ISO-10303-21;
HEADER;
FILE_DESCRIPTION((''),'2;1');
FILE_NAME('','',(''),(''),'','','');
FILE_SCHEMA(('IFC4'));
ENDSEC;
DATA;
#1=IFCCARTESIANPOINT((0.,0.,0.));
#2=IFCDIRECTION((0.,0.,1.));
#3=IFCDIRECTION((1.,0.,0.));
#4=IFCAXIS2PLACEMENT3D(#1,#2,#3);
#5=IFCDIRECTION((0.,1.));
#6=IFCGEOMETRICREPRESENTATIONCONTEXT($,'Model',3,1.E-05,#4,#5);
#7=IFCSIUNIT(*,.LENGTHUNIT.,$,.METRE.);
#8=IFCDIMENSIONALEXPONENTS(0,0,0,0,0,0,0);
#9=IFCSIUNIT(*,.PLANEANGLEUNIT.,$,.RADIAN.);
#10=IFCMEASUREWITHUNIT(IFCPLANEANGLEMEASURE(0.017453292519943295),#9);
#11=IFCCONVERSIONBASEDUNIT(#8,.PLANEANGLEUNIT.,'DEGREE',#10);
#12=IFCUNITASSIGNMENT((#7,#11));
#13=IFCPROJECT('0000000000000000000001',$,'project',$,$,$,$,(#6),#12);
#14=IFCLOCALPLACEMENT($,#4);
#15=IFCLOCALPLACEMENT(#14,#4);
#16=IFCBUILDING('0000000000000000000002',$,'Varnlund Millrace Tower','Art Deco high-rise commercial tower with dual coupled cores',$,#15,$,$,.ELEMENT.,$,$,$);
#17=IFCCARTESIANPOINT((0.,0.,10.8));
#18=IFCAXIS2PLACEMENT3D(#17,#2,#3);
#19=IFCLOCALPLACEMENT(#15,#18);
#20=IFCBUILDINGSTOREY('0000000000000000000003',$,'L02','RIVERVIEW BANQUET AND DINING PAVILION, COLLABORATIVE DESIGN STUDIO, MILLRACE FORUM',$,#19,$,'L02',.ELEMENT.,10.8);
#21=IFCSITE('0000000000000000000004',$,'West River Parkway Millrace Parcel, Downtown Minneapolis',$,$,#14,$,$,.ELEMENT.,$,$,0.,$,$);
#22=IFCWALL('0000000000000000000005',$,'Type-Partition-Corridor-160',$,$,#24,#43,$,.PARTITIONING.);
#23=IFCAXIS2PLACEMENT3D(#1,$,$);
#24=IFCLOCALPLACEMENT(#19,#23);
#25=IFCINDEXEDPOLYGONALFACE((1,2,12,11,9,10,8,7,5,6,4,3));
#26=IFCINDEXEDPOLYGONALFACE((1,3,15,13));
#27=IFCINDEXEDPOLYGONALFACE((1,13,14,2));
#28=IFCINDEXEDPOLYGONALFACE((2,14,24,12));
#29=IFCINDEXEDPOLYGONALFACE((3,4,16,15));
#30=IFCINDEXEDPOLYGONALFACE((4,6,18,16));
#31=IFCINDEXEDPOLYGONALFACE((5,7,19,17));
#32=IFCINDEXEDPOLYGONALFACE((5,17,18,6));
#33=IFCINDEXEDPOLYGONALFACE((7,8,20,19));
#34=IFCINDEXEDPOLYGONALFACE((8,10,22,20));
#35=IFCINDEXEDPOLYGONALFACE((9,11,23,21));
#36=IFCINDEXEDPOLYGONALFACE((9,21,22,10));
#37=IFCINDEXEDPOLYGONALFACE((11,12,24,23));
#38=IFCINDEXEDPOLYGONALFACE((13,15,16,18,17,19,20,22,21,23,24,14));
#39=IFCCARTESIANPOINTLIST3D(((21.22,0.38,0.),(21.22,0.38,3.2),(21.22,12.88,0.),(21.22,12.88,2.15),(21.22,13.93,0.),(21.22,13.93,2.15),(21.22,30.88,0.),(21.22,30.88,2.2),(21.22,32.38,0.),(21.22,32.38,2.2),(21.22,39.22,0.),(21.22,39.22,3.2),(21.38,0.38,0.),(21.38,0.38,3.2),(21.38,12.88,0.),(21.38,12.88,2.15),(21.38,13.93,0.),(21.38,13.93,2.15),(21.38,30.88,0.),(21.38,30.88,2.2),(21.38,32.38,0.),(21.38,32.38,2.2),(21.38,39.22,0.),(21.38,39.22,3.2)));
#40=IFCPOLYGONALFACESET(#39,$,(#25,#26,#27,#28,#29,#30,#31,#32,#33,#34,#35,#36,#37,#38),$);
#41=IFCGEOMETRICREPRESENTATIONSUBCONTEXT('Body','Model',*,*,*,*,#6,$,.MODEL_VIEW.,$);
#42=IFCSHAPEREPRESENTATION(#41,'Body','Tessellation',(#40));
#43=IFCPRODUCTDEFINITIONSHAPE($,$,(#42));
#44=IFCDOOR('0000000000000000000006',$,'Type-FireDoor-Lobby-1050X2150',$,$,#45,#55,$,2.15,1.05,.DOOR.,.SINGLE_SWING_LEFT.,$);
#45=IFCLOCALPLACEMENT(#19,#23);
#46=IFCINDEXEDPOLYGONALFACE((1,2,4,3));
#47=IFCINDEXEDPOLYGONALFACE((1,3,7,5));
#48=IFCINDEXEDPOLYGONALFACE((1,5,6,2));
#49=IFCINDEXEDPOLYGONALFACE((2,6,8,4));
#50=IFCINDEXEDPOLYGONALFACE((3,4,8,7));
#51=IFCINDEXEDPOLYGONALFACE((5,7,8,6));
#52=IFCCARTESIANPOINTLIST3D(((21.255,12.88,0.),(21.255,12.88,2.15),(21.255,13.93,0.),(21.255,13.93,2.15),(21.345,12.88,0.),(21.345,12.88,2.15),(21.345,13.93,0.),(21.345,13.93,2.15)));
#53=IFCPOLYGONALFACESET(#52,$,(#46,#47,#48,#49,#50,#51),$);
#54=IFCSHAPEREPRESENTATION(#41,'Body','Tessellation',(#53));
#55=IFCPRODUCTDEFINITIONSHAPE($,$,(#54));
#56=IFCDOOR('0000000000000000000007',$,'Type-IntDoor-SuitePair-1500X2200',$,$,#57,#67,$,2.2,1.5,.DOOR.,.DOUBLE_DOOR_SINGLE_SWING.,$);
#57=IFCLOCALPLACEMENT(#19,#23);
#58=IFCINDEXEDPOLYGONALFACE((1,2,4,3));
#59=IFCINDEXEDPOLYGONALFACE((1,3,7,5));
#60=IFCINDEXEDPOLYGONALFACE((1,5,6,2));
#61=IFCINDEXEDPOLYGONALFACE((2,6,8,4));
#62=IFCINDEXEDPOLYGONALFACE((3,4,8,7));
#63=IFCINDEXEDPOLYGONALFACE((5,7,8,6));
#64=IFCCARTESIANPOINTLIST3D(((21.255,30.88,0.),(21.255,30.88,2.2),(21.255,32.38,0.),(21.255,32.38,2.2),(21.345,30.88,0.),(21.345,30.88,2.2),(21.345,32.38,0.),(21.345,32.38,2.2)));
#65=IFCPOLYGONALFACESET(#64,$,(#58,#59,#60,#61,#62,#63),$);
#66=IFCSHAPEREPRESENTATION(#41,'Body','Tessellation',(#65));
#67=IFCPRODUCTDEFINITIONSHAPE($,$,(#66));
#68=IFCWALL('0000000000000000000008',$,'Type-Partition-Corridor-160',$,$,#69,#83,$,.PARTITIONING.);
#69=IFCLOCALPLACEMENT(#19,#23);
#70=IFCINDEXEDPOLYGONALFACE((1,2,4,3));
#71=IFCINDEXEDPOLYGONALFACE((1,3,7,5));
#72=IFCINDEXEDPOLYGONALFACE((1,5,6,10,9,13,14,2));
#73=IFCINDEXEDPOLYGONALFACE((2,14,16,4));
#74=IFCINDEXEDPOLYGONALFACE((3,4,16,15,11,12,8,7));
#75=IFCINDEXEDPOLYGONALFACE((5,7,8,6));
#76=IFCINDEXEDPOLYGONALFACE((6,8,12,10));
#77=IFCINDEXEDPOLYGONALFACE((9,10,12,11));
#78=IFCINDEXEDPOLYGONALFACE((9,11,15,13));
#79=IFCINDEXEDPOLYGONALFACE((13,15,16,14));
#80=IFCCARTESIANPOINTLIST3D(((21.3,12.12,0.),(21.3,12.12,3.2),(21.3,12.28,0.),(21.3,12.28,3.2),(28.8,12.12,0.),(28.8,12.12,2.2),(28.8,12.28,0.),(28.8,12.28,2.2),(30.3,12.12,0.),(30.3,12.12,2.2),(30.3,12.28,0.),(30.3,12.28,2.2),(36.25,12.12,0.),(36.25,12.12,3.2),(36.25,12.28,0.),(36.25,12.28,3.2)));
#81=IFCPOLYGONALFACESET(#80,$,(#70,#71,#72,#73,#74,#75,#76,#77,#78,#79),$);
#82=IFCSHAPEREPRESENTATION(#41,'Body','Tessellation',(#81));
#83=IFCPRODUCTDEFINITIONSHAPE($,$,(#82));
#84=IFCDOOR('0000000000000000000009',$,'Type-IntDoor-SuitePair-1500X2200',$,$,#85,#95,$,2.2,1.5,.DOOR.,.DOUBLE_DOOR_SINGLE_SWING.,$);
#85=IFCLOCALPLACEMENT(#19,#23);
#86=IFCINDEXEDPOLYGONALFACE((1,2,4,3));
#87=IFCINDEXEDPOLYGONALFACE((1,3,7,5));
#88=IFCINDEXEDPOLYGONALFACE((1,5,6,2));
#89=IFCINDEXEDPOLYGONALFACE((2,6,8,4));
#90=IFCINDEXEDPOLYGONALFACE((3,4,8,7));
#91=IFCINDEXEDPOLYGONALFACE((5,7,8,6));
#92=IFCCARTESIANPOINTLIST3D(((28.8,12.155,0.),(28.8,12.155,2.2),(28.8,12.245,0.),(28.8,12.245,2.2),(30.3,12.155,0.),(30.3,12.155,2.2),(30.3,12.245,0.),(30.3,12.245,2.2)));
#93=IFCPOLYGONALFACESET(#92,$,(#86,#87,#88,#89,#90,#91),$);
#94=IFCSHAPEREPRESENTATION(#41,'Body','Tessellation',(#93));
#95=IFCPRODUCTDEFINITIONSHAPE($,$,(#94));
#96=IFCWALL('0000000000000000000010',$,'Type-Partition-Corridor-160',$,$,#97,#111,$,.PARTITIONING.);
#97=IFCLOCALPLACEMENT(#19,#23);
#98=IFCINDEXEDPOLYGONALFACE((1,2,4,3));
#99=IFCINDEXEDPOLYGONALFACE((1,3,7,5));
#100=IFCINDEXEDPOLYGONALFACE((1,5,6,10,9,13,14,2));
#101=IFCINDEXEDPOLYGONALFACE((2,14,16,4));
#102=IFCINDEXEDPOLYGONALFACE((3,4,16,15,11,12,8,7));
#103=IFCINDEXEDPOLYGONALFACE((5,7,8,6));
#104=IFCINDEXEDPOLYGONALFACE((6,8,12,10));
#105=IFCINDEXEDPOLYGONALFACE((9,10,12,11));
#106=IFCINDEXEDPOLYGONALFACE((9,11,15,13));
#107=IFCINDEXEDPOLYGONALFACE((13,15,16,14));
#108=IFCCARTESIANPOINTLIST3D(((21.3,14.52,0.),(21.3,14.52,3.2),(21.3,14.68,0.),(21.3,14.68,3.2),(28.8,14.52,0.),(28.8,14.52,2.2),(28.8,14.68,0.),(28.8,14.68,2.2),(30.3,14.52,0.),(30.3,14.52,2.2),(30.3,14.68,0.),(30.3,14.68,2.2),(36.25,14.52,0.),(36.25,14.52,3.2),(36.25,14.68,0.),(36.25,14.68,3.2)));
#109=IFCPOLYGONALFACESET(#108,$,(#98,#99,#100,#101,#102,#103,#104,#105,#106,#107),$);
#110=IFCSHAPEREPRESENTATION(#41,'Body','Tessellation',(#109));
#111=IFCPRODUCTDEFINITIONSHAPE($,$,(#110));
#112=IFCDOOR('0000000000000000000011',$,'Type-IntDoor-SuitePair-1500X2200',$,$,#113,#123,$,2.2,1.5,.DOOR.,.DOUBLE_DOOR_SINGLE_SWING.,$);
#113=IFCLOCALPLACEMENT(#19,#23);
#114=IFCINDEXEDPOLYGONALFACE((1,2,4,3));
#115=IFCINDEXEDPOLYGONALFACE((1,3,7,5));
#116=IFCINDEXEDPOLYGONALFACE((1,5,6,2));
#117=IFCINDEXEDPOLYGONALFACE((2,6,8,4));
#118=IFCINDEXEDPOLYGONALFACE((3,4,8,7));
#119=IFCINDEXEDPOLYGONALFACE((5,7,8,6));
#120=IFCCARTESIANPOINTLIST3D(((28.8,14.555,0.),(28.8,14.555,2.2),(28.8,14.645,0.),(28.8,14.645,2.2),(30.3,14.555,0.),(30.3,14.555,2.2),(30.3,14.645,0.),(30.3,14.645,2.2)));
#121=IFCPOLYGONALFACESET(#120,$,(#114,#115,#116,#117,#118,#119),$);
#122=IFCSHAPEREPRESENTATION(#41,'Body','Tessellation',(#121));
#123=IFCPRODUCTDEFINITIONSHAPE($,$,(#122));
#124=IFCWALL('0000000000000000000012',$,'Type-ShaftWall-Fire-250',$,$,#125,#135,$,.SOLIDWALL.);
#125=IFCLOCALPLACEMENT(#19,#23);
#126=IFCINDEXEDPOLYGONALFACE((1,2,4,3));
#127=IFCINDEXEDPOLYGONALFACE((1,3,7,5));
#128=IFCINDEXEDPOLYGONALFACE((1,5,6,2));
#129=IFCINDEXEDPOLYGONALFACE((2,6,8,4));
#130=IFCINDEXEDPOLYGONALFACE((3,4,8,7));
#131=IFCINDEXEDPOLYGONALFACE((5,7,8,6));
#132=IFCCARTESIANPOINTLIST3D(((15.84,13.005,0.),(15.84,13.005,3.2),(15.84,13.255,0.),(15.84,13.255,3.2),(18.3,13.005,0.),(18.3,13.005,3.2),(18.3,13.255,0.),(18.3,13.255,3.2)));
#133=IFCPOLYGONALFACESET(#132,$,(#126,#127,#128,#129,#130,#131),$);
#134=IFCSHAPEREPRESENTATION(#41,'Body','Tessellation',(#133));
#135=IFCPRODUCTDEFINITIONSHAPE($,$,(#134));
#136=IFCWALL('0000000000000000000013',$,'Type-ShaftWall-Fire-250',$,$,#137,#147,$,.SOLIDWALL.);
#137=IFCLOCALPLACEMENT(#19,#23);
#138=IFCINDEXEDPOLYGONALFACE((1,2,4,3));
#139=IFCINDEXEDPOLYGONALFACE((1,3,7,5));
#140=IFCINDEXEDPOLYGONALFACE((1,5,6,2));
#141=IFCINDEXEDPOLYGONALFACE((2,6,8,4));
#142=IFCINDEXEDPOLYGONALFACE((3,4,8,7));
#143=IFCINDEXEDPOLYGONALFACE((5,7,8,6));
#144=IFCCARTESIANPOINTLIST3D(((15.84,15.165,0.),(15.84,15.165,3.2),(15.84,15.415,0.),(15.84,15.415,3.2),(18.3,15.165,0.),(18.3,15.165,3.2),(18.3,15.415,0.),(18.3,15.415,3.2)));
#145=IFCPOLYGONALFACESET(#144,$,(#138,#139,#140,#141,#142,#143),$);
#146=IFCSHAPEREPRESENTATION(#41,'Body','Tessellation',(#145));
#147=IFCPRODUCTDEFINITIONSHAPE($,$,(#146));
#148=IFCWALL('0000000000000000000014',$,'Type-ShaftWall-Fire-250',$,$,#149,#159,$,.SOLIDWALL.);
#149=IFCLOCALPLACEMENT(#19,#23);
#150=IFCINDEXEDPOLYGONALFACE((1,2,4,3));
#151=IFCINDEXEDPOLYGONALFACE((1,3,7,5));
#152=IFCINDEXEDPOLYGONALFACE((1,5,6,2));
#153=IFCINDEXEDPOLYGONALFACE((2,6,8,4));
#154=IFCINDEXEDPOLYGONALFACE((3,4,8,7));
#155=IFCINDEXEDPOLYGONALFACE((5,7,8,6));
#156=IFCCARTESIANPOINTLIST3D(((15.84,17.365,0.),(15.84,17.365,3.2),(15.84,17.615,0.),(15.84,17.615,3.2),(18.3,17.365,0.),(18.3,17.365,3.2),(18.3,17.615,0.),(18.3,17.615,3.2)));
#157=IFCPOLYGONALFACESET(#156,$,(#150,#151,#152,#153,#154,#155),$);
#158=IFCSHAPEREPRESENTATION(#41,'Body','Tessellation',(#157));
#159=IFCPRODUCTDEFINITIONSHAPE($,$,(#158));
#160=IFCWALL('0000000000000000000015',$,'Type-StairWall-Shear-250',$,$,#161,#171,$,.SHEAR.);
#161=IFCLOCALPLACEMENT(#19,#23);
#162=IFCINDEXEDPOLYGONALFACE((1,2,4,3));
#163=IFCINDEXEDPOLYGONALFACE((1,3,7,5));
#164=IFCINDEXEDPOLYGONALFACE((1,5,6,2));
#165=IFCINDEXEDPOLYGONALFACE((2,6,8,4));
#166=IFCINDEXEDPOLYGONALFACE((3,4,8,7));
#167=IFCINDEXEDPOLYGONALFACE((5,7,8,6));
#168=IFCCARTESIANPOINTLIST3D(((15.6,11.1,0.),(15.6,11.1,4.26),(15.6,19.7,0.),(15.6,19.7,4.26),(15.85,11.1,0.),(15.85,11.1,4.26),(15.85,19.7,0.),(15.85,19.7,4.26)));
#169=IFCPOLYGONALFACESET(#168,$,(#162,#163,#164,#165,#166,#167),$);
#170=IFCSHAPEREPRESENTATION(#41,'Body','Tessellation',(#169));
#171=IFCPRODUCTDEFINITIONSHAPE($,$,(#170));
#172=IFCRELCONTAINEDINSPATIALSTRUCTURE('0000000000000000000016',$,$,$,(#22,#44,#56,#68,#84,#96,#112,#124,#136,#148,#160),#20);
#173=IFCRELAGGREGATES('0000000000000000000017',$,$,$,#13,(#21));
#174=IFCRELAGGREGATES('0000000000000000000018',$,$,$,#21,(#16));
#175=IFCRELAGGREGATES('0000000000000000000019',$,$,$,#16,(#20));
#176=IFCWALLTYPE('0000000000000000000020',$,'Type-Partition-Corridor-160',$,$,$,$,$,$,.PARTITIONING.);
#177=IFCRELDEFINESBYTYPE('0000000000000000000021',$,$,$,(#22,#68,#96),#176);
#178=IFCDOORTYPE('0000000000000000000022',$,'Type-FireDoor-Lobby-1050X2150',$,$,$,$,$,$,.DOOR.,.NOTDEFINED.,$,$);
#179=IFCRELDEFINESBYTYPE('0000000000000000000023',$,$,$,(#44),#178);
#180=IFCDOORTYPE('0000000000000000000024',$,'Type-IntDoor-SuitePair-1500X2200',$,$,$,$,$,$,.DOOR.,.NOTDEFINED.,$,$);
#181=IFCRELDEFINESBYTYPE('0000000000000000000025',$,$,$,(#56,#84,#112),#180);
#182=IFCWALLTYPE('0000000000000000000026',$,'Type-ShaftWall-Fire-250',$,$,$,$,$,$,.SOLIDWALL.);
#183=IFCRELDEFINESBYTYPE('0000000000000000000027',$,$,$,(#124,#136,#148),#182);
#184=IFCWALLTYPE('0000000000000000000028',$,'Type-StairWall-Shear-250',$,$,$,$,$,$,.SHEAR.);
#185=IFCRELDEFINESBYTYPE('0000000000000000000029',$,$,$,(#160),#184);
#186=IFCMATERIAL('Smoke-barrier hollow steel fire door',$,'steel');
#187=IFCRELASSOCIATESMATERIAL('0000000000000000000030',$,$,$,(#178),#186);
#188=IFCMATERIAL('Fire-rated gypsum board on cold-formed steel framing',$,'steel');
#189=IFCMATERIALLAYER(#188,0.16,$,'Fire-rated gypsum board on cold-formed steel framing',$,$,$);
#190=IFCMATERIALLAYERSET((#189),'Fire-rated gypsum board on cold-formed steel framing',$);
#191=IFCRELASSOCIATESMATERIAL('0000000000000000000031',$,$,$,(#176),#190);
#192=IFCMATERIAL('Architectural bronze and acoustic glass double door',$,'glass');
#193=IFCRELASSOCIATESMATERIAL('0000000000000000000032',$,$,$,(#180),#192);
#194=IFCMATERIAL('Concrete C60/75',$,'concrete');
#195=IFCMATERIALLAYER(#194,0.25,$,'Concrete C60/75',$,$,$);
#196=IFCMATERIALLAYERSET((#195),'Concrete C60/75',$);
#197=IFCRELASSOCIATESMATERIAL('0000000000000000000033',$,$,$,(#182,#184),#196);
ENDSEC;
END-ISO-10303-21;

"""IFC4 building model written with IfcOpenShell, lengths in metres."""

from ifc_helpers import new_model, entity, si_unit, converted_unit, direction, frame, origin_with_axes, origin_2d_with_axis, place, context, subcontext, project, spatial, polyline, rectangle, outline, extrude, material, layer, layer_set, type_object, element, fill, save


model = new_model("IFC4")

# Units and contexts
model_context = context("Model", 3, precision=1e-05, world=origin_with_axes(), true_north=direction((0.0, 1.0)))
body_context = subcontext(model_context, "Body", "Model", "MODEL_VIEW")
ifc_project = project(units=[si_unit("LENGTHUNIT", "METRE"), converted_unit("PLANEANGLEUNIT", "DEGREE", entity("IfcPlaneAngleMeasure", 0.017453292519943295), si_unit("PLANEANGLEUNIT", "RADIAN"), dimensions=[0, 0, 0, 0, 0, 0, 0])], contexts=[model_context])

# Site, building, storey
site_placement = place(None, origin_with_axes())
site = spatial("IfcSite", under=ifc_project, at=site_placement, Name="West River Parkway Millrace Parcel, Downtown Minneapolis", CompositionType="ELEMENT", RefElevation=0.0)
building_placement = place(site_placement, origin_with_axes())
building = spatial("IfcBuilding", under=site, at=building_placement, Name="Varnlund Millrace Tower", Description="Art Deco high-rise commercial tower with dual coupled cores", CompositionType="ELEMENT")
storey_placement = place(building_placement, frame((0.0, 0.0, 10.8), z_axis=(0.0, 0.0, 1.0), x_axis=(1.0, 0.0, 0.0)))
storey = spatial("IfcBuildingStorey", under=building, at=storey_placement, Name="L02", Description="RIVERVIEW BANQUET AND DINING PAVILION, COLLABORATIVE DESIGN STUDIO, MILLRACE FORUM", LongName="L02", CompositionType="ELEMENT", Elevation=10.8)

# Wall, openings, doors
ifc_material_1 = material(Name="Smoke-barrier hollow steel fire door", Category="steel")
door_type_1 = type_object("IfcDoorType", Name="Type-FireDoor-Lobby-1050X2150", OperationType="NOTDEFINED", PredefinedType="DOOR", material=ifc_material_1)
ifc_material_2 = material(Name="Fire-rated gypsum board on cold-formed steel framing", Category="steel")
ifc_layer_1 = layer(ifc_material_2, 0.16, Name="Fire-rated gypsum board on cold-formed steel framing")
ifc_layer_set_1 = layer_set([ifc_layer_1], Name="Fire-rated gypsum board on cold-formed steel framing")
wall_type_1 = type_object("IfcWallType", Name="Type-Partition-Corridor-160", PredefinedType="PARTITIONING", material=ifc_layer_set_1)
wall_1_placement = place(storey_placement, frame((21.3, 0.38, 0.0), z_axis=(0.0, 0.0, 1.0), x_axis=(0.0, 1.0, 0.0)))
wall_1 = element("IfcWall", 1, at=wall_1_placement, inside=storey, type_object=wall_type_1, Name="Type-Partition-Corridor-160", PredefinedType="PARTITIONING", context=body_context, shape_type="SweptSolid", body=[
    extrude(outline(polyline([(0.0, -0.08), (38.84, -0.08), (38.84, 0.08), (0.0, 0.08), (0.0, -0.08)])), origin_with_axes(), (0.0, 0.0, 1.0), 3.2),
])
opening_1_placement = place(wall_1_placement, frame((13.025, 0.0, 0.0), z_axis=(0.0, 0.0, 1.0), x_axis=(1.0, 0.0, 0.0)))
opening_1 = element("IfcOpeningElement", 2, at=opening_1_placement, cuts=wall_1, PredefinedType="OPENING", context=body_context, shape_type="SweptSolid", body=[
    extrude(rectangle(XDim=1.05, YDim=0.18, at=origin_2d_with_axis()), origin_with_axes(), (0.0, 0.0, 1.0), 2.15),
])
opening_2_placement = place(wall_1_placement, frame((31.25, 0.0, 0.0), z_axis=(0.0, 0.0, 1.0), x_axis=(1.0, 0.0, 0.0)))
opening_2 = element("IfcOpeningElement", 3, at=opening_2_placement, cuts=wall_1, PredefinedType="OPENING", context=body_context, shape_type="SweptSolid", body=[
    extrude(rectangle(XDim=1.5, YDim=0.18, at=origin_2d_with_axis()), origin_with_axes(), (0.0, 0.0, 1.0), 2.2),
])
door_1_placement = place(wall_1_placement, frame((13.025, 0.0, 0.0), z_axis=(0.0, 0.0, 1.0), x_axis=(1.0, 0.0, 0.0)))
door_1 = element("IfcDoor", 4, at=door_1_placement, inside=storey, type_object=door_type_1, Name="Type-FireDoor-Lobby-1050X2150", OperationType="SINGLE_SWING_LEFT", OverallHeight=2.15, OverallWidth=1.05, PredefinedType="DOOR", context=body_context, shape_type="SweptSolid", body=[
    extrude(rectangle(XDim=1.05, YDim=0.09, at=origin_2d_with_axis()), origin_with_axes(), (0.0, 0.0, 1.0), 2.15),
])
fill(opening_1, door_1)
ifc_material_3 = material(Name="Architectural bronze and acoustic glass double door", Category="glass")
door_type_2 = type_object("IfcDoorType", Name="Type-IntDoor-SuitePair-1500X2200", OperationType="NOTDEFINED", PredefinedType="DOOR", material=ifc_material_3)
door_2_placement = place(wall_1_placement, frame((31.25, 0.0, 0.0), z_axis=(0.0, 0.0, 1.0), x_axis=(1.0, 0.0, 0.0)))
door_2 = element("IfcDoor", 5, at=door_2_placement, inside=storey, type_object=door_type_2, Name="Type-IntDoor-SuitePair-1500X2200", OperationType="DOUBLE_DOOR_SINGLE_SWING", OverallHeight=2.2, OverallWidth=1.5, PredefinedType="DOOR", context=body_context, shape_type="SweptSolid", body=[
    extrude(rectangle(XDim=1.5, YDim=0.09, at=origin_2d_with_axis()), origin_with_axes(), (0.0, 0.0, 1.0), 2.2),
])
fill(opening_2, door_2)

# Walls, openings, doors
wall_2_placement = place(storey_placement, frame((21.3, 12.2, 0.0), z_axis=(0.0, 0.0, 1.0), x_axis=(1.0, 0.0, 0.0)))
wall_2 = element("IfcWall", 6, at=wall_2_placement, inside=storey, type_object=wall_type_1, Name="Type-Partition-Corridor-160", PredefinedType="PARTITIONING", context=body_context, shape_type="SweptSolid", body=[
    extrude(outline(polyline([(0.0, -0.08), (14.95, -0.08), (14.95, 0.08), (0.0, 0.08), (0.0, -0.08)])), origin_with_axes(), (0.0, 0.0, 1.0), 3.2),
])
opening_3_placement = place(wall_2_placement, frame((8.25, 0.0, 0.0), z_axis=(0.0, 0.0, 1.0), x_axis=(1.0, 0.0, 0.0)))
opening_3 = element("IfcOpeningElement", 7, at=opening_3_placement, cuts=wall_2, PredefinedType="OPENING", context=body_context, shape_type="SweptSolid", body=[
    extrude(rectangle(XDim=1.5, YDim=0.18, at=origin_2d_with_axis()), origin_with_axes(), (0.0, 0.0, 1.0), 2.2),
])
door_3_placement = place(wall_2_placement, frame((8.25, 0.0, 0.0), z_axis=(0.0, 0.0, 1.0), x_axis=(1.0, 0.0, 0.0)))
door_3 = element("IfcDoor", 8, at=door_3_placement, inside=storey, type_object=door_type_2, Name="Type-IntDoor-SuitePair-1500X2200", OperationType="DOUBLE_DOOR_SINGLE_SWING", OverallHeight=2.2, OverallWidth=1.5, PredefinedType="DOOR", context=body_context, shape_type="SweptSolid", body=[
    extrude(rectangle(XDim=1.5, YDim=0.09, at=origin_2d_with_axis()), origin_with_axes(), (0.0, 0.0, 1.0), 2.2),
])
fill(opening_3, door_3)
wall_3_placement = place(storey_placement, frame((21.3, 14.6, 0.0), z_axis=(0.0, 0.0, 1.0), x_axis=(1.0, 0.0, 0.0)))
wall_3 = element("IfcWall", 9, at=wall_3_placement, inside=storey, type_object=wall_type_1, Name="Type-Partition-Corridor-160", PredefinedType="PARTITIONING", context=body_context, shape_type="SweptSolid", body=[
    extrude(outline(polyline([(0.0, -0.08), (14.95, -0.08), (14.95, 0.08), (0.0, 0.08), (0.0, -0.08)])), origin_with_axes(), (0.0, 0.0, 1.0), 3.2),
])
opening_4_placement = place(wall_3_placement, frame((8.25, 0.0, 0.0), z_axis=(0.0, 0.0, 1.0), x_axis=(1.0, 0.0, 0.0)))
opening_4 = element("IfcOpeningElement", 10, at=opening_4_placement, cuts=wall_3, PredefinedType="OPENING", context=body_context, shape_type="SweptSolid", body=[
    extrude(rectangle(XDim=1.5, YDim=0.18, at=origin_2d_with_axis()), origin_with_axes(), (0.0, 0.0, 1.0), 2.2),
])
door_4_placement = place(wall_3_placement, frame((8.25, 0.0, 0.0), z_axis=(0.0, 0.0, 1.0), x_axis=(1.0, 0.0, 0.0)))
door_4 = element("IfcDoor", 11, at=door_4_placement, inside=storey, type_object=door_type_2, Name="Type-IntDoor-SuitePair-1500X2200", OperationType="DOUBLE_DOOR_SINGLE_SWING", OverallHeight=2.2, OverallWidth=1.5, PredefinedType="DOOR", context=body_context, shape_type="SweptSolid", body=[
    extrude(rectangle(XDim=1.5, YDim=0.09, at=origin_2d_with_axis()), origin_with_axes(), (0.0, 0.0, 1.0), 2.2),
])
fill(opening_4, door_4)

# Walls
ifc_material_4 = material(Name="Concrete C60/75", Category="concrete")
ifc_layer_2 = layer(ifc_material_4, 0.25, Name="Concrete C60/75")
ifc_layer_set_2 = layer_set([ifc_layer_2], Name="Concrete C60/75")
wall_type_2 = type_object("IfcWallType", Name="Type-ShaftWall-Fire-250", PredefinedType="SOLIDWALL", material=ifc_layer_set_2)
for number, where, z_axis, x_axis, name in (
    (12, (15.84, 13.13, 0.0), (0.0, 0.0, 1.0), (1.0, 0.0, 0.0), "Type-ShaftWall-Fire-250"),
    (13, (15.84, 15.29, 0.0), (0.0, 0.0, 1.0), (1.0, 0.0, 0.0), "Type-ShaftWall-Fire-250"),
    (14, (15.84, 17.49, 0.0), (0.0, 0.0, 1.0), (1.0, 0.0, 0.0), "Type-ShaftWall-Fire-250"),
):
    element("IfcWall", number, at=place(storey_placement, frame(where, z_axis=z_axis, x_axis=x_axis)), inside=storey, type_object=wall_type_2, Name=name, PredefinedType="SOLIDWALL", context=body_context, shape_type="SweptSolid", body=[
        extrude(outline(polyline([(0.0, -0.125), (2.46, -0.125), (2.46, 0.125), (0.0, 0.125), (0.0, -0.125)])), origin_with_axes(), (0.0, 0.0, 1.0), 3.2),
    ])
wall_type_3 = type_object("IfcWallType", Name="Type-StairWall-Shear-250", PredefinedType="SHEAR", material=ifc_layer_set_2)
wall_4_placement = place(storey_placement, frame((15.725, 11.1, 0.0), z_axis=(0.0, 0.0, 1.0), x_axis=(0.0, 1.0, 0.0)))
element("IfcWall", 15, at=wall_4_placement, inside=storey, type_object=wall_type_3, Name="Type-StairWall-Shear-250", PredefinedType="SHEAR", context=body_context, shape_type="SweptSolid", body=[
    extrude(outline(polyline([(0.0, -0.125), (8.6, -0.125), (8.6, 0.125), (0.0, 0.125), (0.0, -0.125)])), origin_with_axes(), (0.0, 0.0, 1.0), 4.26),
])

save(model, "model.ifc")
